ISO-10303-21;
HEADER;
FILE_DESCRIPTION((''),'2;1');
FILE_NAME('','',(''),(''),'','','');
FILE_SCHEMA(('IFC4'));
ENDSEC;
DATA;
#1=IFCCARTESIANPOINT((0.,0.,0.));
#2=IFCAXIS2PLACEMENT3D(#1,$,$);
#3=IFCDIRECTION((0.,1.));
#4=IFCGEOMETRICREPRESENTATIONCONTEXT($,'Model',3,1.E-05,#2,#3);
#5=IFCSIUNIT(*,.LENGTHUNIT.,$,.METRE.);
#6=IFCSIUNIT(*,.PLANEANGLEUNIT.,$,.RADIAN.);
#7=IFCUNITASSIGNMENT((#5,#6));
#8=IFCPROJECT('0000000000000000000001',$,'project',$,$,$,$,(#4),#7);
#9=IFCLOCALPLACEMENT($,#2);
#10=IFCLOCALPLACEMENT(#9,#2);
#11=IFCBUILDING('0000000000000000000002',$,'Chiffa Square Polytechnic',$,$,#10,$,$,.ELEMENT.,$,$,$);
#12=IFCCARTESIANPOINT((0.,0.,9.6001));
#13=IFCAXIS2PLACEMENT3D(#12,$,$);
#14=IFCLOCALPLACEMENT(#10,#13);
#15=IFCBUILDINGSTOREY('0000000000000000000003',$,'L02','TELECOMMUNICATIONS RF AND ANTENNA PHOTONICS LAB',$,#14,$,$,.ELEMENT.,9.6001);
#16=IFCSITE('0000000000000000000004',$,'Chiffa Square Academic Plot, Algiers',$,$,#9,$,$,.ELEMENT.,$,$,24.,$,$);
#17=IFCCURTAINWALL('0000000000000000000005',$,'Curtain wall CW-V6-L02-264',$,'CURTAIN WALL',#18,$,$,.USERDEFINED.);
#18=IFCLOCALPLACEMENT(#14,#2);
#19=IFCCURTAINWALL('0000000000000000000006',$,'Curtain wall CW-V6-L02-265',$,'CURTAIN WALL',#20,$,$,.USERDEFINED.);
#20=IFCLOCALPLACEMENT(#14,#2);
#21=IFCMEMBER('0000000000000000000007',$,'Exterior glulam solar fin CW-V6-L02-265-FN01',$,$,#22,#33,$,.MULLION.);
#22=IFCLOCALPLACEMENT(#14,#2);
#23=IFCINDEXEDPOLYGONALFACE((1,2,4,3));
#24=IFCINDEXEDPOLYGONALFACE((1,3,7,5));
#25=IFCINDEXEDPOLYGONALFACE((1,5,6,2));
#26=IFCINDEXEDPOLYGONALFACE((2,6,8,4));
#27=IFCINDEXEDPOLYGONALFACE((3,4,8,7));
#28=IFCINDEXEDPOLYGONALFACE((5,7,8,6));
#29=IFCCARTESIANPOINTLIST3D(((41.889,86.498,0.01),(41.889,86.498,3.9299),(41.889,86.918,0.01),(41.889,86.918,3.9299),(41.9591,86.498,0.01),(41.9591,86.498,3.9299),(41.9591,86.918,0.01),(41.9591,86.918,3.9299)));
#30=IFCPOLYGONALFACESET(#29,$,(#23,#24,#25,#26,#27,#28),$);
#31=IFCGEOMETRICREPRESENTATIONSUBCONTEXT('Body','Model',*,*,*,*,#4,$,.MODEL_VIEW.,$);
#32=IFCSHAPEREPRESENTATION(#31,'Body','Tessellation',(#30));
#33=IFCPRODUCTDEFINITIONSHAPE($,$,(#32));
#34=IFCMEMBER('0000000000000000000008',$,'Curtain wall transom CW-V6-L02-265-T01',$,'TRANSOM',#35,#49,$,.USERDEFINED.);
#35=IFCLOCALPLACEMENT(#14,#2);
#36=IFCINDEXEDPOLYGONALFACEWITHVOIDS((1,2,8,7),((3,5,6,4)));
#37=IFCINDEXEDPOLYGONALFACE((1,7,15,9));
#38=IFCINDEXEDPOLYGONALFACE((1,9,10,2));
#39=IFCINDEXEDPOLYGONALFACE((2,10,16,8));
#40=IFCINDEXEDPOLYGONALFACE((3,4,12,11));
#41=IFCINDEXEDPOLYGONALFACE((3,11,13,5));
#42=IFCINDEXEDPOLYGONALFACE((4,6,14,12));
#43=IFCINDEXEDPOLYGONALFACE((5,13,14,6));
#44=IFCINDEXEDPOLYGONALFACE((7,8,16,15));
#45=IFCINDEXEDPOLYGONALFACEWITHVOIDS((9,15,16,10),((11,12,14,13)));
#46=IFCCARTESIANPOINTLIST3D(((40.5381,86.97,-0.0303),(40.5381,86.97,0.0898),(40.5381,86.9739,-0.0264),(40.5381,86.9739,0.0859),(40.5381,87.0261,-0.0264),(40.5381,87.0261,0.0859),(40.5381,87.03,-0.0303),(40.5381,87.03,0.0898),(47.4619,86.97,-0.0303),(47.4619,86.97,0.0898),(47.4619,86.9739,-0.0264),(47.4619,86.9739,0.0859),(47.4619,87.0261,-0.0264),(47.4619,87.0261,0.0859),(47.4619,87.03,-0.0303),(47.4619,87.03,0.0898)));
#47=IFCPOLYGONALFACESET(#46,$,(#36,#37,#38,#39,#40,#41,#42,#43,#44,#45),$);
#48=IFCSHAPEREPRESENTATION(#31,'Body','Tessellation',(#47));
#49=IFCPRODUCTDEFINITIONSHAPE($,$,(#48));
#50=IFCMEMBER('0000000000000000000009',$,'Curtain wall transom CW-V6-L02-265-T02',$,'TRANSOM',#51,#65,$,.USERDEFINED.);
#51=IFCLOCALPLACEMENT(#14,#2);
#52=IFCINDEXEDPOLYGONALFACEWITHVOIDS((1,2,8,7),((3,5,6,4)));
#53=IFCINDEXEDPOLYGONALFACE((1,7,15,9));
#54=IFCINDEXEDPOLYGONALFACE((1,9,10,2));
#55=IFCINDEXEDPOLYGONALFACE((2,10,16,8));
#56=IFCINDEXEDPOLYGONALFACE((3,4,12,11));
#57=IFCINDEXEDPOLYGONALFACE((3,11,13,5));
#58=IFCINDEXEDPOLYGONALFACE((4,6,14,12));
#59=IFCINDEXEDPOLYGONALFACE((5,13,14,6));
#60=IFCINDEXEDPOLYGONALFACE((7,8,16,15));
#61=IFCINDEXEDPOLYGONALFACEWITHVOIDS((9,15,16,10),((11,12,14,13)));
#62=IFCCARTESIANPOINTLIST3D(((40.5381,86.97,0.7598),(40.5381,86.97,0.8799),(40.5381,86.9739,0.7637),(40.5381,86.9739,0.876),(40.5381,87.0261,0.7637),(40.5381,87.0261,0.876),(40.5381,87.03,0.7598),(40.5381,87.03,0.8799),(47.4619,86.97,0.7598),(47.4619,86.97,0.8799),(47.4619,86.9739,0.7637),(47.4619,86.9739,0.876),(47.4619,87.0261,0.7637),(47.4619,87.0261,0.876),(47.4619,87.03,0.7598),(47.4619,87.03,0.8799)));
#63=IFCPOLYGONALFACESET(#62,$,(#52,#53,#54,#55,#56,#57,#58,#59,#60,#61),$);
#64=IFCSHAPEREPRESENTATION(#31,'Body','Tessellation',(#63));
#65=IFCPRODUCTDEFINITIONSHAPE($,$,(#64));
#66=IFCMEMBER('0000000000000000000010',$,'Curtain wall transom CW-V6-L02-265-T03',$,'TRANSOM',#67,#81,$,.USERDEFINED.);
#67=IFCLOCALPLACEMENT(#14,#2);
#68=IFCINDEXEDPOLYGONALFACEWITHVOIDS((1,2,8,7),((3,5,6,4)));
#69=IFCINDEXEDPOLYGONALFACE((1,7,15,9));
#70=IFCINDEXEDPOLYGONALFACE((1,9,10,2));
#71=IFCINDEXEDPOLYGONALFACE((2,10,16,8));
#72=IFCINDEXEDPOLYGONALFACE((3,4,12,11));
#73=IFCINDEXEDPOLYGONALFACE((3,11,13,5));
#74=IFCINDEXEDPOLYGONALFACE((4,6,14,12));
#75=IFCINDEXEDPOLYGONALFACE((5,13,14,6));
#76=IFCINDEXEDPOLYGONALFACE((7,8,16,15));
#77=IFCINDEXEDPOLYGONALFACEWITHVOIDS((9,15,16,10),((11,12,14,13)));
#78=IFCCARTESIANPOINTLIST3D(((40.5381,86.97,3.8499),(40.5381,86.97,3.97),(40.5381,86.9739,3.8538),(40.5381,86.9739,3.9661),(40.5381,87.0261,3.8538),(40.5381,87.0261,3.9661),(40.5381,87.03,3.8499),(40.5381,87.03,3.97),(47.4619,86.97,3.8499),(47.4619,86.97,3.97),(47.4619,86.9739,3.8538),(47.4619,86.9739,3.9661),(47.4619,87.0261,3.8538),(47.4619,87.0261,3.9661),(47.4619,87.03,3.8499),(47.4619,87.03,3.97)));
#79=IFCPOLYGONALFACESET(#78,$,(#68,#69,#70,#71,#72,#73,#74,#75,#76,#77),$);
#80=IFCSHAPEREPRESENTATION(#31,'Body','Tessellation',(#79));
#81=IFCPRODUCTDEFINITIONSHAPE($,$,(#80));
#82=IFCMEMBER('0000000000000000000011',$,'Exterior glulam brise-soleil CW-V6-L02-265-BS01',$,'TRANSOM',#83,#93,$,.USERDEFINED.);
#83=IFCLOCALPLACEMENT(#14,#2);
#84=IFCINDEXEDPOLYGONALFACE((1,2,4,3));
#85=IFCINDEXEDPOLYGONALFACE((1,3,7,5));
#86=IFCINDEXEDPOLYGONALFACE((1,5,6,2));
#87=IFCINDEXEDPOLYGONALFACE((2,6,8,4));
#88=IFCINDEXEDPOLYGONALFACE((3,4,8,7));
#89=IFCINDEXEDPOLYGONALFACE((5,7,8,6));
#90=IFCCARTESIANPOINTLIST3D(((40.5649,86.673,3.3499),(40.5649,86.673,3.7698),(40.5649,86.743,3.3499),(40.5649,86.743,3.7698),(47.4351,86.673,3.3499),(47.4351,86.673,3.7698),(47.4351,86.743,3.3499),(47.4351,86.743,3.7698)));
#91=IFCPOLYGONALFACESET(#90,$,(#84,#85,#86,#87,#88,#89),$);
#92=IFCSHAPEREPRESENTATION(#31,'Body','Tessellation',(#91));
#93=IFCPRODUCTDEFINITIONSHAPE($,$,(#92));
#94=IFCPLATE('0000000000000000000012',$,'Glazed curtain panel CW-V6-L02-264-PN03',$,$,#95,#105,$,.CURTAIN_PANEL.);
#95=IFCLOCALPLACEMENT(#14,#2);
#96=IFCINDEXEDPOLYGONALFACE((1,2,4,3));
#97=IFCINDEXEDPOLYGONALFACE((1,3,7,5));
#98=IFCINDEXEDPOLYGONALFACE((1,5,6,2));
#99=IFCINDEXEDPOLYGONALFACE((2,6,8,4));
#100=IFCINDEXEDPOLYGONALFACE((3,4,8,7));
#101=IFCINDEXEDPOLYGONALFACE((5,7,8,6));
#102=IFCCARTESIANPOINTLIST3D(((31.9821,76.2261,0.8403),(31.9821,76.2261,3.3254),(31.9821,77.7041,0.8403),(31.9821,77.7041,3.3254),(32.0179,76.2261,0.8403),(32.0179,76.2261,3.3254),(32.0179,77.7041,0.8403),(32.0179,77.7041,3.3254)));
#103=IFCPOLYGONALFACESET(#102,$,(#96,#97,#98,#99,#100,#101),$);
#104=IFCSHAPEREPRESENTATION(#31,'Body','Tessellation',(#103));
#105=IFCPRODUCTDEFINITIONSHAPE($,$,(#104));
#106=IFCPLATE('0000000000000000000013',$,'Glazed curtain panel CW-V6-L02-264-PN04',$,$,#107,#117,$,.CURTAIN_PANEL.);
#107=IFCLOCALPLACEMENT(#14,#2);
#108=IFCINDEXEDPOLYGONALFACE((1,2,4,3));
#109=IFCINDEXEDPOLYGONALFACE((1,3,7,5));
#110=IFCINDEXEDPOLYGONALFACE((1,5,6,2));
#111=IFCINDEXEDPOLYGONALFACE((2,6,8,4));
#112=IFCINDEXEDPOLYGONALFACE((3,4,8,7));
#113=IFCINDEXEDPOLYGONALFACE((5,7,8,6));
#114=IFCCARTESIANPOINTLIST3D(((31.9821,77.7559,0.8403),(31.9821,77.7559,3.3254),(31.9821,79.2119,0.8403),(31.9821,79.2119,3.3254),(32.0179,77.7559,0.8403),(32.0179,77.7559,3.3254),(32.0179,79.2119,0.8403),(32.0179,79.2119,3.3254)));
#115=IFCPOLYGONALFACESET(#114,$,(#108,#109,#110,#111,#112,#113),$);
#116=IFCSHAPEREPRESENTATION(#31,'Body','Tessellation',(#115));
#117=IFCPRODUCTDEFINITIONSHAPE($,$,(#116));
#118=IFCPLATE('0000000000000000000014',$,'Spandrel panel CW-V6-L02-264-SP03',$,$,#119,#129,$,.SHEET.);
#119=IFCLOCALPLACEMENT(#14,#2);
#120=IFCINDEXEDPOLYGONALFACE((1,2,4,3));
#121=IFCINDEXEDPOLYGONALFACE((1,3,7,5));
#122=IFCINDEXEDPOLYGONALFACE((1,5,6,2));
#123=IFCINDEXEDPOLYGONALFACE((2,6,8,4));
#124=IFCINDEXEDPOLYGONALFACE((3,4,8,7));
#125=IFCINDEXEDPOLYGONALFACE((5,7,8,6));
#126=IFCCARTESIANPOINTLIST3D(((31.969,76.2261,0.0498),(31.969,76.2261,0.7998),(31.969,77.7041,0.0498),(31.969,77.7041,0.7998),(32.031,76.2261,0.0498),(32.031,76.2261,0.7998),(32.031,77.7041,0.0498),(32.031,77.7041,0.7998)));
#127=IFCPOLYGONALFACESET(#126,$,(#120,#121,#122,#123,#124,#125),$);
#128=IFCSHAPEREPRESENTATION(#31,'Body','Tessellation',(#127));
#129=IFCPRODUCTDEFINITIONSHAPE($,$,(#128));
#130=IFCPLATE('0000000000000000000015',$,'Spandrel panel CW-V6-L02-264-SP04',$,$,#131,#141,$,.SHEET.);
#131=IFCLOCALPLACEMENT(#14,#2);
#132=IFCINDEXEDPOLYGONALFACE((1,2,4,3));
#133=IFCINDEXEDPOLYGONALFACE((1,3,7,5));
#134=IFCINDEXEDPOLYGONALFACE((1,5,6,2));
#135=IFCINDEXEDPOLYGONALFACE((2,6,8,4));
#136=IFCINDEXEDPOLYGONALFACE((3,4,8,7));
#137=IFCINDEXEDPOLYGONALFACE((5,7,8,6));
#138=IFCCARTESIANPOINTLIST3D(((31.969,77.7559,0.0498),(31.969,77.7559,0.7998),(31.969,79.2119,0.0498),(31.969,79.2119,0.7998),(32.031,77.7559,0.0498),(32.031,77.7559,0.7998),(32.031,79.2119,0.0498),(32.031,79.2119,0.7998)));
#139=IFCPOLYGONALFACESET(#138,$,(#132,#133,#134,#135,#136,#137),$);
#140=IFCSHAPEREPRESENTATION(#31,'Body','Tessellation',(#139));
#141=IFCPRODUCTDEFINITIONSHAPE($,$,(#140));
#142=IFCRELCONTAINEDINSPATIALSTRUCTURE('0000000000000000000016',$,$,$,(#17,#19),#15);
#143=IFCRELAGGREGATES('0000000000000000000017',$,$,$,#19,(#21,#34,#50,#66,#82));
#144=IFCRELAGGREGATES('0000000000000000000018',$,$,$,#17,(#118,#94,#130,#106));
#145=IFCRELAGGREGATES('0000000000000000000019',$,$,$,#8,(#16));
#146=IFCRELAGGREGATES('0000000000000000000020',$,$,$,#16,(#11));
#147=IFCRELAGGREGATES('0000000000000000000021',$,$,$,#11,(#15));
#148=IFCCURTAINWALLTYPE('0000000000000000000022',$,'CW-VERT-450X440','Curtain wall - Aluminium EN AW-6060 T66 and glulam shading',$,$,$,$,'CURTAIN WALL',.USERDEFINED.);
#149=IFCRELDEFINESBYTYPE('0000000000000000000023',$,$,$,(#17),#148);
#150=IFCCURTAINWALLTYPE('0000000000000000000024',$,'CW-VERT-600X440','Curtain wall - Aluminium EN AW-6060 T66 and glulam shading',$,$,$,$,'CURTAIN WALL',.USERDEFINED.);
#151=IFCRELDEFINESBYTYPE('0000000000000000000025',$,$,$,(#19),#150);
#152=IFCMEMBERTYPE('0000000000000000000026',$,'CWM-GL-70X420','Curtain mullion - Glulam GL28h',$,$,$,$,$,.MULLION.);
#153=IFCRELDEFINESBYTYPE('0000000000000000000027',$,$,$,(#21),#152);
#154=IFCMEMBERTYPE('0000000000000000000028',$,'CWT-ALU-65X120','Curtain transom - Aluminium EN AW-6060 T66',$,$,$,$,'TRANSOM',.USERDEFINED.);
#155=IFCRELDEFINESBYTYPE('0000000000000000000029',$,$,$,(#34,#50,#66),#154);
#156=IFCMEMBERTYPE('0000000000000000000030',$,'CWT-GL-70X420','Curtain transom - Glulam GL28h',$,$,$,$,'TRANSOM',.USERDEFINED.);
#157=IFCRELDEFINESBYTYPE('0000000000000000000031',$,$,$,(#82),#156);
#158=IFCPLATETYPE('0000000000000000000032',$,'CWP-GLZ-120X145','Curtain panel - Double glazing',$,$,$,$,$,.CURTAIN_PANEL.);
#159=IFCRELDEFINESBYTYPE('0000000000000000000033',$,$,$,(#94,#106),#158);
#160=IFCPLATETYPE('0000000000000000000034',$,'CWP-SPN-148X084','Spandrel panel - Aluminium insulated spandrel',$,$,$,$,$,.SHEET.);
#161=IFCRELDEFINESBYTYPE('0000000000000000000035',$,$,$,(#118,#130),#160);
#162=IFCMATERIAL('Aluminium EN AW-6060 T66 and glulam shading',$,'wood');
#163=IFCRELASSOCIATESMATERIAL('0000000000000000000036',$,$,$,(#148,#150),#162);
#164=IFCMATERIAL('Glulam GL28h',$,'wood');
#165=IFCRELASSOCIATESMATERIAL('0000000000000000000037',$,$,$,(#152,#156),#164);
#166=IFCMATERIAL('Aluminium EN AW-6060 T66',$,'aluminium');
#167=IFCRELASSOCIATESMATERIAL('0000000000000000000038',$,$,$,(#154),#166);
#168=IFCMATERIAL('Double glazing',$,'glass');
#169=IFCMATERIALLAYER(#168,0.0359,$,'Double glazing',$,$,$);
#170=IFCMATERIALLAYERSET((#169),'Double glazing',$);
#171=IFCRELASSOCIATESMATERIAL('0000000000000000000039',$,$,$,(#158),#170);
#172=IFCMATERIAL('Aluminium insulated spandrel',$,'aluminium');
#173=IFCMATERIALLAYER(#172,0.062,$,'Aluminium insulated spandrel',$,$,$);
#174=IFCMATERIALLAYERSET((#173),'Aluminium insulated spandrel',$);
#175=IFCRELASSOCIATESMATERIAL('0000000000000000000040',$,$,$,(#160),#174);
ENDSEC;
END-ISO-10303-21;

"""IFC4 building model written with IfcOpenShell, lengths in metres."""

from ifc_helpers import new_model, si_unit, direction, frame, origin, origin_2d, place, context, subcontext, project, spatial, rectangle, hollow_rectangle, extrude, material, layer, layer_set, material_profile, profile_set, type_object, element, aggregate, save


model = new_model("IFC4")

# Units and contexts
model_context = context("Model", 3, precision=1e-05, world=origin(), true_north=direction((0.0, 1.0)))
body_context = subcontext(model_context, "Body", "Model", "MODEL_VIEW")
ifc_project = project(units=[si_unit("LENGTHUNIT", "METRE"), si_unit("PLANEANGLEUNIT", "RADIAN")], contexts=[model_context])

# Site, building, storey
site_placement = place(None, origin())
site = spatial("IfcSite", under=ifc_project, at=site_placement, Name="Chiffa Square Academic Plot, Algiers", CompositionType="ELEMENT", RefElevation=24.0)
building_placement = place(site_placement, origin())
building = spatial("IfcBuilding", under=site, at=building_placement, Name="Chiffa Square Polytechnic", CompositionType="ELEMENT")
storey_placement = place(building_placement, frame((0.0, 0.0, 9.6001)))
storey = spatial("IfcBuildingStorey", under=building, at=storey_placement, Name="L02", Description="TELECOMMUNICATIONS RF AND ANTENNA PHOTONICS LAB", CompositionType="ELEMENT", Elevation=9.6001)

# Curtain walls, members
ifc_material_1 = material(Name="Aluminium EN AW-6060 T66 and glulam shading", Category="wood")
curtain_wall_type_1 = type_object("IfcCurtainWallType", Name="CW-VERT-450X440", Description="Curtain wall - Aluminium EN AW-6060 T66 and glulam shading", ElementType="CURTAIN WALL", PredefinedType="USERDEFINED", material=ifc_material_1)
curtain_wall_1_placement = place(storey_placement, origin())
curtain_wall_1 = element("IfcCurtainWall", 1, at=curtain_wall_1_placement, inside=storey, type_object=curtain_wall_type_1, Name="Curtain wall CW-V6-L02-264", ObjectType="CURTAIN WALL", PredefinedType="USERDEFINED")
ifc_material_2 = material(Name="Aluminium EN AW-6060 T66", Category="aluminium")
ifc_material_3 = material(Name="Glulam GL28h", Category="wood")
ifc_material_profile_1 = material_profile(ifc_material_3, rectangle(XDim=0.0701, YDim=0.4199, at=origin_2d()), Name="GL28h 70x420")
ifc_profile_set_1 = profile_set([ifc_material_profile_1], Name="Glulam GL28h")
member_type_1 = type_object("IfcMemberType", Name="CWM-GL-70X420", Description="Curtain mullion - Glulam GL28h", PredefinedType="MULLION", material=ifc_profile_set_1)
curtain_wall_type_2 = type_object("IfcCurtainWallType", Name="CW-VERT-600X440", Description="Curtain wall - Aluminium EN AW-6060 T66 and glulam shading", ElementType="CURTAIN WALL", PredefinedType="USERDEFINED", material=ifc_material_1)
curtain_wall_2_placement = place(storey_placement, origin())
curtain_wall_2 = element("IfcCurtainWall", 2, at=curtain_wall_2_placement, inside=storey, type_object=curtain_wall_type_2, Name="Curtain wall CW-V6-L02-265", ObjectType="CURTAIN WALL", PredefinedType="USERDEFINED")
member_1_placement = place(storey_placement, frame((41.9241, 86.708, 0.01), z_axis=(0.0, 0.0, 1.0), x_axis=(1.0, 0.0, 0.0)))
member_1 = element("IfcMember", 3, at=member_1_placement, type_object=member_type_1, Name="Exterior glulam solar fin CW-V6-L02-265-FN01", PredefinedType="MULLION", context=body_context, shape_type="SweptSolid", body=[
    extrude(rectangle(XDim=0.0701, YDim=0.4199, at=origin_2d()), origin(), (0.0, 0.0, 1.0), 3.9199),
])
ifc_material_profile_2 = material_profile(ifc_material_2, hollow_rectangle(XDim=0.0601, YDim=0.1201, WallThickness=0.0039, at=origin_2d()), Name="ALU 60x120x4")
ifc_profile_set_2 = profile_set([ifc_material_profile_2], Name="Aluminium EN AW-6060 T66")
member_type_2 = type_object("IfcMemberType", Name="CWT-ALU-65X120", Description="Curtain transom - Aluminium EN AW-6060 T66", ElementType="TRANSOM", PredefinedType="USERDEFINED", material=ifc_profile_set_2)
member_2_placement = place(storey_placement, frame((40.5381, 87.0, 0.0298), z_axis=(1.0, 0.0, 0.0), x_axis=(0.0, 1.0, 0.0)))
member_2 = element("IfcMember", 4, at=member_2_placement, type_object=member_type_2, Name="Curtain wall transom CW-V6-L02-265-T01", ObjectType="TRANSOM", PredefinedType="USERDEFINED", context=body_context, shape_type="SweptSolid", body=[
    extrude(hollow_rectangle(XDim=0.0601, YDim=0.1201, WallThickness=0.0039, at=origin_2d()), origin(), (0.0, 0.0, 1.0), 6.9238),
])
member_3_placement = place(storey_placement, frame((40.5381, 87.0, 0.8198), z_axis=(1.0, 0.0, 0.0), x_axis=(0.0, 1.0, 0.0)))
member_3 = element("IfcMember", 5, at=member_3_placement, type_object=member_type_2, Name="Curtain wall transom CW-V6-L02-265-T02", ObjectType="TRANSOM", PredefinedType="USERDEFINED", context=body_context, shape_type="SweptSolid", body=[
    extrude(hollow_rectangle(XDim=0.0601, YDim=0.1201, WallThickness=0.0039, at=origin_2d()), origin(), (0.0, 0.0, 1.0), 6.9238),
])
member_4_placement = place(storey_placement, frame((40.5381, 87.0, 3.9099), z_axis=(1.0, 0.0, 0.0), x_axis=(0.0, 1.0, 0.0)))
member_4 = element("IfcMember", 6, at=member_4_placement, type_object=member_type_2, Name="Curtain wall transom CW-V6-L02-265-T03", ObjectType="TRANSOM", PredefinedType="USERDEFINED", context=body_context, shape_type="SweptSolid", body=[
    extrude(hollow_rectangle(XDim=0.0601, YDim=0.1201, WallThickness=0.0039, at=origin_2d()), origin(), (0.0, 0.0, 1.0), 6.9238),
])
ifc_material_profile_3 = material_profile(ifc_material_3, rectangle(XDim=0.0701, YDim=0.4199, at=origin_2d()), Name="GL28h 70x420")
ifc_profile_set_3 = profile_set([ifc_material_profile_3], Name="Glulam GL28h")
member_type_3 = type_object("IfcMemberType", Name="CWT-GL-70X420", Description="Curtain transom - Glulam GL28h", ElementType="TRANSOM", PredefinedType="USERDEFINED", material=ifc_profile_set_3)
member_5_placement = place(storey_placement, frame((40.5649, 86.708, 3.5598), z_axis=(1.0, 0.0, 0.0), x_axis=(0.0, 1.0, 0.0)))
member_5 = element("IfcMember", 7, at=member_5_placement, type_object=member_type_3, Name="Exterior glulam brise-soleil CW-V6-L02-265-BS01", ObjectType="TRANSOM", PredefinedType="USERDEFINED", context=body_context, shape_type="SweptSolid", body=[
    extrude(rectangle(XDim=0.0701, YDim=0.4199, at=origin_2d()), origin(), (0.0, 0.0, 1.0), 6.8701),
])
aggregate(curtain_wall_2, [member_1, member_2, member_3, member_4, member_5])

# Plates
ifc_material_4 = material(Name="Double glazing", Category="glass")
ifc_layer_1 = layer(ifc_material_4, 0.0359, Name="Double glazing")
ifc_layer_set_1 = layer_set([ifc_layer_1], Name="Double glazing")
plate_type_1 = type_object("IfcPlateType", Name="CWP-GLZ-120X145", Description="Curtain panel - Double glazing", PredefinedType="CURTAIN_PANEL", material=ifc_layer_set_1)
plate_1_placement = place(storey_placement, frame((32.0, 76.9651, 0.8403), z_axis=(0.0, 0.0, 1.0), x_axis=(0.0, 1.0, 0.0)))
plate_1 = element("IfcPlate", 8, at=plate_1_placement, type_object=plate_type_1, Name="Glazed curtain panel CW-V6-L02-264-PN03", PredefinedType="CURTAIN_PANEL", context=body_context, shape_type="SweptSolid", body=[
    extrude(rectangle(XDim=1.478, YDim=0.0359, at=origin_2d()), origin(), (0.0, 0.0, 1.0), 2.4851),
])
plate_2_placement = place(storey_placement, frame((32.0, 78.4839, 0.8403), z_axis=(0.0, 0.0, 1.0), x_axis=(0.0, 1.0, 0.0)))
plate_2 = element("IfcPlate", 9, at=plate_2_placement, type_object=plate_type_1, Name="Glazed curtain panel CW-V6-L02-264-PN04", PredefinedType="CURTAIN_PANEL", context=body_context, shape_type="SweptSolid", body=[
    extrude(rectangle(XDim=1.4561, YDim=0.0359, at=origin_2d()), origin(), (0.0, 0.0, 1.0), 2.4851),
])
ifc_material_5 = material(Name="Aluminium insulated spandrel", Category="aluminium")
ifc_layer_2 = layer(ifc_material_5, 0.062, Name="Aluminium insulated spandrel")
ifc_layer_set_2 = layer_set([ifc_layer_2], Name="Aluminium insulated spandrel")
plate_type_2 = type_object("IfcPlateType", Name="CWP-SPN-148X084", Description="Spandrel panel - Aluminium insulated spandrel", PredefinedType="SHEET", material=ifc_layer_set_2)
plate_3_placement = place(storey_placement, frame((32.0, 76.9651, 0.0498), z_axis=(0.0, 0.0, 1.0), x_axis=(0.0, 1.0, 0.0)))
plate_3 = element("IfcPlate", 10, at=plate_3_placement, type_object=plate_type_2, Name="Spandrel panel CW-V6-L02-264-SP03", PredefinedType="SHEET", context=body_context, shape_type="SweptSolid", body=[
    extrude(rectangle(XDim=1.478, YDim=0.062, at=origin_2d()), origin(), (0.0, 0.0, 1.0), 0.75),
])
plate_4_placement = place(storey_placement, frame((32.0, 78.4839, 0.0498), z_axis=(0.0, 0.0, 1.0), x_axis=(0.0, 1.0, 0.0)))
plate_4 = element("IfcPlate", 11, at=plate_4_placement, type_object=plate_type_2, Name="Spandrel panel CW-V6-L02-264-SP04", PredefinedType="SHEET", context=body_context, shape_type="SweptSolid", body=[
    extrude(rectangle(XDim=1.4561, YDim=0.062, at=origin_2d()), origin(), (0.0, 0.0, 1.0), 0.75),
])
aggregate(curtain_wall_1, [plate_3, plate_1, plate_4, plate_2])

save(model, "model.ifc")
